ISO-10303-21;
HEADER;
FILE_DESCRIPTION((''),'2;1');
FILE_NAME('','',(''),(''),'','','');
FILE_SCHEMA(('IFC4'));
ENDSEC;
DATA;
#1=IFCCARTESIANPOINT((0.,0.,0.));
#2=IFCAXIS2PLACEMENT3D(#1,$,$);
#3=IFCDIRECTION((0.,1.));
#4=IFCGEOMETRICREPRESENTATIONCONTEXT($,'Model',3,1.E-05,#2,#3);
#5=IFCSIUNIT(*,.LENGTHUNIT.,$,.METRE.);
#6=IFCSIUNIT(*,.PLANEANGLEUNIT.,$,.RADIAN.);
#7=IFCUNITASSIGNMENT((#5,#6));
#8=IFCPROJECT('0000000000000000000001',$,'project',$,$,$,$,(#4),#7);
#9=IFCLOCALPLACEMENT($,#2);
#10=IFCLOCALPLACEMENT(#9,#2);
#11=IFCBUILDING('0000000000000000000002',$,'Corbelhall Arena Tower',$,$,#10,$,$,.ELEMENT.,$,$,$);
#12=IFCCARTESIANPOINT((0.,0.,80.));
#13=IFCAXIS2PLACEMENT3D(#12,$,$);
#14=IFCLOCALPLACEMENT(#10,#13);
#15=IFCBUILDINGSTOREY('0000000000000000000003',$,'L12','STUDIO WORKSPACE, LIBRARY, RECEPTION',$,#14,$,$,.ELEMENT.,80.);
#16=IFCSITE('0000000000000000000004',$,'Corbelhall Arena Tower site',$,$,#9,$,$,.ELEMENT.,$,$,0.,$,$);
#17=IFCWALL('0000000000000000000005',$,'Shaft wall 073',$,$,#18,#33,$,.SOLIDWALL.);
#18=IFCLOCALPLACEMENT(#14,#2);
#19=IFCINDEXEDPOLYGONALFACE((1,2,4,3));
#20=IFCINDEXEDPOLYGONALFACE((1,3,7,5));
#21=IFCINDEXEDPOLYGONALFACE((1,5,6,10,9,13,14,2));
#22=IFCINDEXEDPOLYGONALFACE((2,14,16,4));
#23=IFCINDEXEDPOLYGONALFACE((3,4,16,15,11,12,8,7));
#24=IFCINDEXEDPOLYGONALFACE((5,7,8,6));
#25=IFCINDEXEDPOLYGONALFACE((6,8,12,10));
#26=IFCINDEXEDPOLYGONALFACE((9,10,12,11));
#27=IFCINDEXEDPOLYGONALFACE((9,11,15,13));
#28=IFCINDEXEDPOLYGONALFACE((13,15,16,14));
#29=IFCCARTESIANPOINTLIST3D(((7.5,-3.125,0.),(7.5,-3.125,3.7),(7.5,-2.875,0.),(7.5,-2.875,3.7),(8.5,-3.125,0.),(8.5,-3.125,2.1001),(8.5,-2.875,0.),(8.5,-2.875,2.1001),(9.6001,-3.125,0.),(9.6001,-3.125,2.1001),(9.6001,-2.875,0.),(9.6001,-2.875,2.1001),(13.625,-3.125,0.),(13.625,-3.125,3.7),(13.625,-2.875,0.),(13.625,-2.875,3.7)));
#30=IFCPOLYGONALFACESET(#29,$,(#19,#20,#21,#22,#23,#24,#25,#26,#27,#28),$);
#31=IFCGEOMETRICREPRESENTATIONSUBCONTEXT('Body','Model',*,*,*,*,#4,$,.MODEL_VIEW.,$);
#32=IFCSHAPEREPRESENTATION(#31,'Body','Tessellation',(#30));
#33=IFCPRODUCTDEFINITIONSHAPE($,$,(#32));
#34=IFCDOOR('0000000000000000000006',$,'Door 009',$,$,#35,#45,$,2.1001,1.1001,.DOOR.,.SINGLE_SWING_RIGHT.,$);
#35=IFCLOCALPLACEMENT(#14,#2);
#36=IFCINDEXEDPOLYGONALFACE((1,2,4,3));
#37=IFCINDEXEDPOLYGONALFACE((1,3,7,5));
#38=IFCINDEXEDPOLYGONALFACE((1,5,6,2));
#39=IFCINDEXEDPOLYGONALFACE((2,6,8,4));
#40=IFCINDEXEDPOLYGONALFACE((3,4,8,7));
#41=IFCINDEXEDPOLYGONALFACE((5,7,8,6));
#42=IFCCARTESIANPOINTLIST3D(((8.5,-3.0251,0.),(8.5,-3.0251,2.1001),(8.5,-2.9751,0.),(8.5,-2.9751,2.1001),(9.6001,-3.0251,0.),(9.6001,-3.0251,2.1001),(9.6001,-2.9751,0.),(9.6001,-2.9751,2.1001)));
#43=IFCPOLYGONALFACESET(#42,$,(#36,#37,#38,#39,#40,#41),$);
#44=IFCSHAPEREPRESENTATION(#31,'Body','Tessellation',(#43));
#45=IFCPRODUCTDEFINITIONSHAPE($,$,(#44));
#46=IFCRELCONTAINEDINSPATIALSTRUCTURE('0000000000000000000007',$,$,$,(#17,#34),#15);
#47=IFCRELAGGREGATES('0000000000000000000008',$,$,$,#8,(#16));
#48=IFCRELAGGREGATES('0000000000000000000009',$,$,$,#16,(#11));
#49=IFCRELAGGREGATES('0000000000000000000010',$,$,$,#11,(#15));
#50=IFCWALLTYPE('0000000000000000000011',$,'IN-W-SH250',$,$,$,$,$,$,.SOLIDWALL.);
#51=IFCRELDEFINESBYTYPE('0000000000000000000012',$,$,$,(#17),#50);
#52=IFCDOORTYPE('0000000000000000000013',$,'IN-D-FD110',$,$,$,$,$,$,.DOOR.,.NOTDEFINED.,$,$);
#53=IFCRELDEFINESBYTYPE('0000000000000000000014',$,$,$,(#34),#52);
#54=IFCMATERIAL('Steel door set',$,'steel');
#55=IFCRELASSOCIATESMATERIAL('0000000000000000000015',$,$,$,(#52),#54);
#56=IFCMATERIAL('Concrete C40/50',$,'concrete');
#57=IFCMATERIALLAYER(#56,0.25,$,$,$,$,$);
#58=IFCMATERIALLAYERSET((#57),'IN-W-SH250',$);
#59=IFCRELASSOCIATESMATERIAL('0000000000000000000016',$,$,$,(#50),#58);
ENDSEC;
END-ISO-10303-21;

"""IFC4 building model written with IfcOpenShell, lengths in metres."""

from ifc_helpers import new_model, si_unit, direction, frame, frame_2d, origin, place, context, subcontext, project, spatial, rectangle, extrude, material, layer, layer_set, type_object, element, fill, save


model = new_model("IFC4")

# Units and contexts
model_context = context("Model", 3, precision=1e-05, world=origin(), true_north=direction((0.0, 1.0)))
body_context = subcontext(model_context, "Body", "Model", "MODEL_VIEW")
ifc_project = project(units=[si_unit("LENGTHUNIT", "METRE"), si_unit("PLANEANGLEUNIT", "RADIAN")], contexts=[model_context])

# Site, building, storey
site_placement = place(None, origin())
site = spatial("IfcSite", under=ifc_project, at=site_placement, Name="Corbelhall Arena Tower site", CompositionType="ELEMENT", RefElevation=0.0)
building_placement = place(site_placement, origin())
building = spatial("IfcBuilding", under=site, at=building_placement, Name="Corbelhall Arena Tower", CompositionType="ELEMENT")
storey_placement = place(building_placement, frame((0.0, 0.0, 80.0)))
storey = spatial("IfcBuildingStorey", under=building, at=storey_placement, Name="L12", Description="STUDIO WORKSPACE, LIBRARY, RECEPTION", CompositionType="ELEMENT", Elevation=80.0)

# Shared definitions
ifc_material_1 = material(Name="Concrete C40/50", Category="concrete")

# Shared definitions
ifc_material_2 = material(Name="Steel door set", Category="steel")
door_type = type_object("IfcDoorType", Name="IN-D-FD110", OperationType="NOTDEFINED", PredefinedType="DOOR", material=ifc_material_2)

# Wall, opening, door
ifc_layer_1 = layer(ifc_material_1, 0.25)
ifc_layer_set_1 = layer_set([ifc_layer_1], Name="IN-W-SH250")
wall_type_1 = type_object("IfcWallType", Name="IN-W-SH250", PredefinedType="SOLIDWALL", material=ifc_layer_set_1)
wall_1_placement = place(storey_placement, frame((7.5, -3.0, 0.0), z_axis=(0.0, 0.0, 1.0), x_axis=(1.0, 0.0, 0.0)))
wall_1 = element("IfcWall", 1, at=wall_1_placement, inside=storey, type_object=wall_type_1, Name="Shaft wall 073", PredefinedType="SOLIDWALL", context=body_context, shape_type="SweptSolid", body=[
    extrude(rectangle(XDim=6.125, YDim=0.25, at=frame_2d((3.0625, 0.0))), origin(), (0.0, 0.0, 1.0), 3.7),
])
opening_1_placement = place(wall_1_placement, frame((1.0, 0.0, 0.0)))
opening_1 = element("IfcOpeningElement", 2, at=opening_1_placement, cuts=wall_1, PredefinedType="OPENING", context=body_context, shape_type="SweptSolid", body=[
    extrude(rectangle(XDim=1.1001, YDim=2.1001, at=frame_2d((0.55, 1.05))), frame((0.0, 0.125, 0.0), z_axis=(0.0, -1.0, 0.0), x_axis=(1.0, 0.0, 0.0)), (0.0, 0.0, 1.0), 0.25),
])
door_1_placement = place(opening_1_placement, origin())
door_1 = element("IfcDoor", 3, at=door_1_placement, inside=storey, type_object=door_type, Name="Door 009", OperationType="SINGLE_SWING_RIGHT", OverallHeight=2.1001, OverallWidth=1.1001, PredefinedType="DOOR", context=body_context, shape_type="SweptSolid", body=[
    extrude(rectangle(XDim=1.1001, YDim=2.1001, at=frame_2d((0.55, 1.05))), frame((0.0, 0.0249, 0.0), z_axis=(0.0, -1.0, 0.0), x_axis=(1.0, 0.0, 0.0)), (0.0, 0.0, 1.0), 0.05),
])
fill(opening_1, door_1)

save(model, "model.ifc")
